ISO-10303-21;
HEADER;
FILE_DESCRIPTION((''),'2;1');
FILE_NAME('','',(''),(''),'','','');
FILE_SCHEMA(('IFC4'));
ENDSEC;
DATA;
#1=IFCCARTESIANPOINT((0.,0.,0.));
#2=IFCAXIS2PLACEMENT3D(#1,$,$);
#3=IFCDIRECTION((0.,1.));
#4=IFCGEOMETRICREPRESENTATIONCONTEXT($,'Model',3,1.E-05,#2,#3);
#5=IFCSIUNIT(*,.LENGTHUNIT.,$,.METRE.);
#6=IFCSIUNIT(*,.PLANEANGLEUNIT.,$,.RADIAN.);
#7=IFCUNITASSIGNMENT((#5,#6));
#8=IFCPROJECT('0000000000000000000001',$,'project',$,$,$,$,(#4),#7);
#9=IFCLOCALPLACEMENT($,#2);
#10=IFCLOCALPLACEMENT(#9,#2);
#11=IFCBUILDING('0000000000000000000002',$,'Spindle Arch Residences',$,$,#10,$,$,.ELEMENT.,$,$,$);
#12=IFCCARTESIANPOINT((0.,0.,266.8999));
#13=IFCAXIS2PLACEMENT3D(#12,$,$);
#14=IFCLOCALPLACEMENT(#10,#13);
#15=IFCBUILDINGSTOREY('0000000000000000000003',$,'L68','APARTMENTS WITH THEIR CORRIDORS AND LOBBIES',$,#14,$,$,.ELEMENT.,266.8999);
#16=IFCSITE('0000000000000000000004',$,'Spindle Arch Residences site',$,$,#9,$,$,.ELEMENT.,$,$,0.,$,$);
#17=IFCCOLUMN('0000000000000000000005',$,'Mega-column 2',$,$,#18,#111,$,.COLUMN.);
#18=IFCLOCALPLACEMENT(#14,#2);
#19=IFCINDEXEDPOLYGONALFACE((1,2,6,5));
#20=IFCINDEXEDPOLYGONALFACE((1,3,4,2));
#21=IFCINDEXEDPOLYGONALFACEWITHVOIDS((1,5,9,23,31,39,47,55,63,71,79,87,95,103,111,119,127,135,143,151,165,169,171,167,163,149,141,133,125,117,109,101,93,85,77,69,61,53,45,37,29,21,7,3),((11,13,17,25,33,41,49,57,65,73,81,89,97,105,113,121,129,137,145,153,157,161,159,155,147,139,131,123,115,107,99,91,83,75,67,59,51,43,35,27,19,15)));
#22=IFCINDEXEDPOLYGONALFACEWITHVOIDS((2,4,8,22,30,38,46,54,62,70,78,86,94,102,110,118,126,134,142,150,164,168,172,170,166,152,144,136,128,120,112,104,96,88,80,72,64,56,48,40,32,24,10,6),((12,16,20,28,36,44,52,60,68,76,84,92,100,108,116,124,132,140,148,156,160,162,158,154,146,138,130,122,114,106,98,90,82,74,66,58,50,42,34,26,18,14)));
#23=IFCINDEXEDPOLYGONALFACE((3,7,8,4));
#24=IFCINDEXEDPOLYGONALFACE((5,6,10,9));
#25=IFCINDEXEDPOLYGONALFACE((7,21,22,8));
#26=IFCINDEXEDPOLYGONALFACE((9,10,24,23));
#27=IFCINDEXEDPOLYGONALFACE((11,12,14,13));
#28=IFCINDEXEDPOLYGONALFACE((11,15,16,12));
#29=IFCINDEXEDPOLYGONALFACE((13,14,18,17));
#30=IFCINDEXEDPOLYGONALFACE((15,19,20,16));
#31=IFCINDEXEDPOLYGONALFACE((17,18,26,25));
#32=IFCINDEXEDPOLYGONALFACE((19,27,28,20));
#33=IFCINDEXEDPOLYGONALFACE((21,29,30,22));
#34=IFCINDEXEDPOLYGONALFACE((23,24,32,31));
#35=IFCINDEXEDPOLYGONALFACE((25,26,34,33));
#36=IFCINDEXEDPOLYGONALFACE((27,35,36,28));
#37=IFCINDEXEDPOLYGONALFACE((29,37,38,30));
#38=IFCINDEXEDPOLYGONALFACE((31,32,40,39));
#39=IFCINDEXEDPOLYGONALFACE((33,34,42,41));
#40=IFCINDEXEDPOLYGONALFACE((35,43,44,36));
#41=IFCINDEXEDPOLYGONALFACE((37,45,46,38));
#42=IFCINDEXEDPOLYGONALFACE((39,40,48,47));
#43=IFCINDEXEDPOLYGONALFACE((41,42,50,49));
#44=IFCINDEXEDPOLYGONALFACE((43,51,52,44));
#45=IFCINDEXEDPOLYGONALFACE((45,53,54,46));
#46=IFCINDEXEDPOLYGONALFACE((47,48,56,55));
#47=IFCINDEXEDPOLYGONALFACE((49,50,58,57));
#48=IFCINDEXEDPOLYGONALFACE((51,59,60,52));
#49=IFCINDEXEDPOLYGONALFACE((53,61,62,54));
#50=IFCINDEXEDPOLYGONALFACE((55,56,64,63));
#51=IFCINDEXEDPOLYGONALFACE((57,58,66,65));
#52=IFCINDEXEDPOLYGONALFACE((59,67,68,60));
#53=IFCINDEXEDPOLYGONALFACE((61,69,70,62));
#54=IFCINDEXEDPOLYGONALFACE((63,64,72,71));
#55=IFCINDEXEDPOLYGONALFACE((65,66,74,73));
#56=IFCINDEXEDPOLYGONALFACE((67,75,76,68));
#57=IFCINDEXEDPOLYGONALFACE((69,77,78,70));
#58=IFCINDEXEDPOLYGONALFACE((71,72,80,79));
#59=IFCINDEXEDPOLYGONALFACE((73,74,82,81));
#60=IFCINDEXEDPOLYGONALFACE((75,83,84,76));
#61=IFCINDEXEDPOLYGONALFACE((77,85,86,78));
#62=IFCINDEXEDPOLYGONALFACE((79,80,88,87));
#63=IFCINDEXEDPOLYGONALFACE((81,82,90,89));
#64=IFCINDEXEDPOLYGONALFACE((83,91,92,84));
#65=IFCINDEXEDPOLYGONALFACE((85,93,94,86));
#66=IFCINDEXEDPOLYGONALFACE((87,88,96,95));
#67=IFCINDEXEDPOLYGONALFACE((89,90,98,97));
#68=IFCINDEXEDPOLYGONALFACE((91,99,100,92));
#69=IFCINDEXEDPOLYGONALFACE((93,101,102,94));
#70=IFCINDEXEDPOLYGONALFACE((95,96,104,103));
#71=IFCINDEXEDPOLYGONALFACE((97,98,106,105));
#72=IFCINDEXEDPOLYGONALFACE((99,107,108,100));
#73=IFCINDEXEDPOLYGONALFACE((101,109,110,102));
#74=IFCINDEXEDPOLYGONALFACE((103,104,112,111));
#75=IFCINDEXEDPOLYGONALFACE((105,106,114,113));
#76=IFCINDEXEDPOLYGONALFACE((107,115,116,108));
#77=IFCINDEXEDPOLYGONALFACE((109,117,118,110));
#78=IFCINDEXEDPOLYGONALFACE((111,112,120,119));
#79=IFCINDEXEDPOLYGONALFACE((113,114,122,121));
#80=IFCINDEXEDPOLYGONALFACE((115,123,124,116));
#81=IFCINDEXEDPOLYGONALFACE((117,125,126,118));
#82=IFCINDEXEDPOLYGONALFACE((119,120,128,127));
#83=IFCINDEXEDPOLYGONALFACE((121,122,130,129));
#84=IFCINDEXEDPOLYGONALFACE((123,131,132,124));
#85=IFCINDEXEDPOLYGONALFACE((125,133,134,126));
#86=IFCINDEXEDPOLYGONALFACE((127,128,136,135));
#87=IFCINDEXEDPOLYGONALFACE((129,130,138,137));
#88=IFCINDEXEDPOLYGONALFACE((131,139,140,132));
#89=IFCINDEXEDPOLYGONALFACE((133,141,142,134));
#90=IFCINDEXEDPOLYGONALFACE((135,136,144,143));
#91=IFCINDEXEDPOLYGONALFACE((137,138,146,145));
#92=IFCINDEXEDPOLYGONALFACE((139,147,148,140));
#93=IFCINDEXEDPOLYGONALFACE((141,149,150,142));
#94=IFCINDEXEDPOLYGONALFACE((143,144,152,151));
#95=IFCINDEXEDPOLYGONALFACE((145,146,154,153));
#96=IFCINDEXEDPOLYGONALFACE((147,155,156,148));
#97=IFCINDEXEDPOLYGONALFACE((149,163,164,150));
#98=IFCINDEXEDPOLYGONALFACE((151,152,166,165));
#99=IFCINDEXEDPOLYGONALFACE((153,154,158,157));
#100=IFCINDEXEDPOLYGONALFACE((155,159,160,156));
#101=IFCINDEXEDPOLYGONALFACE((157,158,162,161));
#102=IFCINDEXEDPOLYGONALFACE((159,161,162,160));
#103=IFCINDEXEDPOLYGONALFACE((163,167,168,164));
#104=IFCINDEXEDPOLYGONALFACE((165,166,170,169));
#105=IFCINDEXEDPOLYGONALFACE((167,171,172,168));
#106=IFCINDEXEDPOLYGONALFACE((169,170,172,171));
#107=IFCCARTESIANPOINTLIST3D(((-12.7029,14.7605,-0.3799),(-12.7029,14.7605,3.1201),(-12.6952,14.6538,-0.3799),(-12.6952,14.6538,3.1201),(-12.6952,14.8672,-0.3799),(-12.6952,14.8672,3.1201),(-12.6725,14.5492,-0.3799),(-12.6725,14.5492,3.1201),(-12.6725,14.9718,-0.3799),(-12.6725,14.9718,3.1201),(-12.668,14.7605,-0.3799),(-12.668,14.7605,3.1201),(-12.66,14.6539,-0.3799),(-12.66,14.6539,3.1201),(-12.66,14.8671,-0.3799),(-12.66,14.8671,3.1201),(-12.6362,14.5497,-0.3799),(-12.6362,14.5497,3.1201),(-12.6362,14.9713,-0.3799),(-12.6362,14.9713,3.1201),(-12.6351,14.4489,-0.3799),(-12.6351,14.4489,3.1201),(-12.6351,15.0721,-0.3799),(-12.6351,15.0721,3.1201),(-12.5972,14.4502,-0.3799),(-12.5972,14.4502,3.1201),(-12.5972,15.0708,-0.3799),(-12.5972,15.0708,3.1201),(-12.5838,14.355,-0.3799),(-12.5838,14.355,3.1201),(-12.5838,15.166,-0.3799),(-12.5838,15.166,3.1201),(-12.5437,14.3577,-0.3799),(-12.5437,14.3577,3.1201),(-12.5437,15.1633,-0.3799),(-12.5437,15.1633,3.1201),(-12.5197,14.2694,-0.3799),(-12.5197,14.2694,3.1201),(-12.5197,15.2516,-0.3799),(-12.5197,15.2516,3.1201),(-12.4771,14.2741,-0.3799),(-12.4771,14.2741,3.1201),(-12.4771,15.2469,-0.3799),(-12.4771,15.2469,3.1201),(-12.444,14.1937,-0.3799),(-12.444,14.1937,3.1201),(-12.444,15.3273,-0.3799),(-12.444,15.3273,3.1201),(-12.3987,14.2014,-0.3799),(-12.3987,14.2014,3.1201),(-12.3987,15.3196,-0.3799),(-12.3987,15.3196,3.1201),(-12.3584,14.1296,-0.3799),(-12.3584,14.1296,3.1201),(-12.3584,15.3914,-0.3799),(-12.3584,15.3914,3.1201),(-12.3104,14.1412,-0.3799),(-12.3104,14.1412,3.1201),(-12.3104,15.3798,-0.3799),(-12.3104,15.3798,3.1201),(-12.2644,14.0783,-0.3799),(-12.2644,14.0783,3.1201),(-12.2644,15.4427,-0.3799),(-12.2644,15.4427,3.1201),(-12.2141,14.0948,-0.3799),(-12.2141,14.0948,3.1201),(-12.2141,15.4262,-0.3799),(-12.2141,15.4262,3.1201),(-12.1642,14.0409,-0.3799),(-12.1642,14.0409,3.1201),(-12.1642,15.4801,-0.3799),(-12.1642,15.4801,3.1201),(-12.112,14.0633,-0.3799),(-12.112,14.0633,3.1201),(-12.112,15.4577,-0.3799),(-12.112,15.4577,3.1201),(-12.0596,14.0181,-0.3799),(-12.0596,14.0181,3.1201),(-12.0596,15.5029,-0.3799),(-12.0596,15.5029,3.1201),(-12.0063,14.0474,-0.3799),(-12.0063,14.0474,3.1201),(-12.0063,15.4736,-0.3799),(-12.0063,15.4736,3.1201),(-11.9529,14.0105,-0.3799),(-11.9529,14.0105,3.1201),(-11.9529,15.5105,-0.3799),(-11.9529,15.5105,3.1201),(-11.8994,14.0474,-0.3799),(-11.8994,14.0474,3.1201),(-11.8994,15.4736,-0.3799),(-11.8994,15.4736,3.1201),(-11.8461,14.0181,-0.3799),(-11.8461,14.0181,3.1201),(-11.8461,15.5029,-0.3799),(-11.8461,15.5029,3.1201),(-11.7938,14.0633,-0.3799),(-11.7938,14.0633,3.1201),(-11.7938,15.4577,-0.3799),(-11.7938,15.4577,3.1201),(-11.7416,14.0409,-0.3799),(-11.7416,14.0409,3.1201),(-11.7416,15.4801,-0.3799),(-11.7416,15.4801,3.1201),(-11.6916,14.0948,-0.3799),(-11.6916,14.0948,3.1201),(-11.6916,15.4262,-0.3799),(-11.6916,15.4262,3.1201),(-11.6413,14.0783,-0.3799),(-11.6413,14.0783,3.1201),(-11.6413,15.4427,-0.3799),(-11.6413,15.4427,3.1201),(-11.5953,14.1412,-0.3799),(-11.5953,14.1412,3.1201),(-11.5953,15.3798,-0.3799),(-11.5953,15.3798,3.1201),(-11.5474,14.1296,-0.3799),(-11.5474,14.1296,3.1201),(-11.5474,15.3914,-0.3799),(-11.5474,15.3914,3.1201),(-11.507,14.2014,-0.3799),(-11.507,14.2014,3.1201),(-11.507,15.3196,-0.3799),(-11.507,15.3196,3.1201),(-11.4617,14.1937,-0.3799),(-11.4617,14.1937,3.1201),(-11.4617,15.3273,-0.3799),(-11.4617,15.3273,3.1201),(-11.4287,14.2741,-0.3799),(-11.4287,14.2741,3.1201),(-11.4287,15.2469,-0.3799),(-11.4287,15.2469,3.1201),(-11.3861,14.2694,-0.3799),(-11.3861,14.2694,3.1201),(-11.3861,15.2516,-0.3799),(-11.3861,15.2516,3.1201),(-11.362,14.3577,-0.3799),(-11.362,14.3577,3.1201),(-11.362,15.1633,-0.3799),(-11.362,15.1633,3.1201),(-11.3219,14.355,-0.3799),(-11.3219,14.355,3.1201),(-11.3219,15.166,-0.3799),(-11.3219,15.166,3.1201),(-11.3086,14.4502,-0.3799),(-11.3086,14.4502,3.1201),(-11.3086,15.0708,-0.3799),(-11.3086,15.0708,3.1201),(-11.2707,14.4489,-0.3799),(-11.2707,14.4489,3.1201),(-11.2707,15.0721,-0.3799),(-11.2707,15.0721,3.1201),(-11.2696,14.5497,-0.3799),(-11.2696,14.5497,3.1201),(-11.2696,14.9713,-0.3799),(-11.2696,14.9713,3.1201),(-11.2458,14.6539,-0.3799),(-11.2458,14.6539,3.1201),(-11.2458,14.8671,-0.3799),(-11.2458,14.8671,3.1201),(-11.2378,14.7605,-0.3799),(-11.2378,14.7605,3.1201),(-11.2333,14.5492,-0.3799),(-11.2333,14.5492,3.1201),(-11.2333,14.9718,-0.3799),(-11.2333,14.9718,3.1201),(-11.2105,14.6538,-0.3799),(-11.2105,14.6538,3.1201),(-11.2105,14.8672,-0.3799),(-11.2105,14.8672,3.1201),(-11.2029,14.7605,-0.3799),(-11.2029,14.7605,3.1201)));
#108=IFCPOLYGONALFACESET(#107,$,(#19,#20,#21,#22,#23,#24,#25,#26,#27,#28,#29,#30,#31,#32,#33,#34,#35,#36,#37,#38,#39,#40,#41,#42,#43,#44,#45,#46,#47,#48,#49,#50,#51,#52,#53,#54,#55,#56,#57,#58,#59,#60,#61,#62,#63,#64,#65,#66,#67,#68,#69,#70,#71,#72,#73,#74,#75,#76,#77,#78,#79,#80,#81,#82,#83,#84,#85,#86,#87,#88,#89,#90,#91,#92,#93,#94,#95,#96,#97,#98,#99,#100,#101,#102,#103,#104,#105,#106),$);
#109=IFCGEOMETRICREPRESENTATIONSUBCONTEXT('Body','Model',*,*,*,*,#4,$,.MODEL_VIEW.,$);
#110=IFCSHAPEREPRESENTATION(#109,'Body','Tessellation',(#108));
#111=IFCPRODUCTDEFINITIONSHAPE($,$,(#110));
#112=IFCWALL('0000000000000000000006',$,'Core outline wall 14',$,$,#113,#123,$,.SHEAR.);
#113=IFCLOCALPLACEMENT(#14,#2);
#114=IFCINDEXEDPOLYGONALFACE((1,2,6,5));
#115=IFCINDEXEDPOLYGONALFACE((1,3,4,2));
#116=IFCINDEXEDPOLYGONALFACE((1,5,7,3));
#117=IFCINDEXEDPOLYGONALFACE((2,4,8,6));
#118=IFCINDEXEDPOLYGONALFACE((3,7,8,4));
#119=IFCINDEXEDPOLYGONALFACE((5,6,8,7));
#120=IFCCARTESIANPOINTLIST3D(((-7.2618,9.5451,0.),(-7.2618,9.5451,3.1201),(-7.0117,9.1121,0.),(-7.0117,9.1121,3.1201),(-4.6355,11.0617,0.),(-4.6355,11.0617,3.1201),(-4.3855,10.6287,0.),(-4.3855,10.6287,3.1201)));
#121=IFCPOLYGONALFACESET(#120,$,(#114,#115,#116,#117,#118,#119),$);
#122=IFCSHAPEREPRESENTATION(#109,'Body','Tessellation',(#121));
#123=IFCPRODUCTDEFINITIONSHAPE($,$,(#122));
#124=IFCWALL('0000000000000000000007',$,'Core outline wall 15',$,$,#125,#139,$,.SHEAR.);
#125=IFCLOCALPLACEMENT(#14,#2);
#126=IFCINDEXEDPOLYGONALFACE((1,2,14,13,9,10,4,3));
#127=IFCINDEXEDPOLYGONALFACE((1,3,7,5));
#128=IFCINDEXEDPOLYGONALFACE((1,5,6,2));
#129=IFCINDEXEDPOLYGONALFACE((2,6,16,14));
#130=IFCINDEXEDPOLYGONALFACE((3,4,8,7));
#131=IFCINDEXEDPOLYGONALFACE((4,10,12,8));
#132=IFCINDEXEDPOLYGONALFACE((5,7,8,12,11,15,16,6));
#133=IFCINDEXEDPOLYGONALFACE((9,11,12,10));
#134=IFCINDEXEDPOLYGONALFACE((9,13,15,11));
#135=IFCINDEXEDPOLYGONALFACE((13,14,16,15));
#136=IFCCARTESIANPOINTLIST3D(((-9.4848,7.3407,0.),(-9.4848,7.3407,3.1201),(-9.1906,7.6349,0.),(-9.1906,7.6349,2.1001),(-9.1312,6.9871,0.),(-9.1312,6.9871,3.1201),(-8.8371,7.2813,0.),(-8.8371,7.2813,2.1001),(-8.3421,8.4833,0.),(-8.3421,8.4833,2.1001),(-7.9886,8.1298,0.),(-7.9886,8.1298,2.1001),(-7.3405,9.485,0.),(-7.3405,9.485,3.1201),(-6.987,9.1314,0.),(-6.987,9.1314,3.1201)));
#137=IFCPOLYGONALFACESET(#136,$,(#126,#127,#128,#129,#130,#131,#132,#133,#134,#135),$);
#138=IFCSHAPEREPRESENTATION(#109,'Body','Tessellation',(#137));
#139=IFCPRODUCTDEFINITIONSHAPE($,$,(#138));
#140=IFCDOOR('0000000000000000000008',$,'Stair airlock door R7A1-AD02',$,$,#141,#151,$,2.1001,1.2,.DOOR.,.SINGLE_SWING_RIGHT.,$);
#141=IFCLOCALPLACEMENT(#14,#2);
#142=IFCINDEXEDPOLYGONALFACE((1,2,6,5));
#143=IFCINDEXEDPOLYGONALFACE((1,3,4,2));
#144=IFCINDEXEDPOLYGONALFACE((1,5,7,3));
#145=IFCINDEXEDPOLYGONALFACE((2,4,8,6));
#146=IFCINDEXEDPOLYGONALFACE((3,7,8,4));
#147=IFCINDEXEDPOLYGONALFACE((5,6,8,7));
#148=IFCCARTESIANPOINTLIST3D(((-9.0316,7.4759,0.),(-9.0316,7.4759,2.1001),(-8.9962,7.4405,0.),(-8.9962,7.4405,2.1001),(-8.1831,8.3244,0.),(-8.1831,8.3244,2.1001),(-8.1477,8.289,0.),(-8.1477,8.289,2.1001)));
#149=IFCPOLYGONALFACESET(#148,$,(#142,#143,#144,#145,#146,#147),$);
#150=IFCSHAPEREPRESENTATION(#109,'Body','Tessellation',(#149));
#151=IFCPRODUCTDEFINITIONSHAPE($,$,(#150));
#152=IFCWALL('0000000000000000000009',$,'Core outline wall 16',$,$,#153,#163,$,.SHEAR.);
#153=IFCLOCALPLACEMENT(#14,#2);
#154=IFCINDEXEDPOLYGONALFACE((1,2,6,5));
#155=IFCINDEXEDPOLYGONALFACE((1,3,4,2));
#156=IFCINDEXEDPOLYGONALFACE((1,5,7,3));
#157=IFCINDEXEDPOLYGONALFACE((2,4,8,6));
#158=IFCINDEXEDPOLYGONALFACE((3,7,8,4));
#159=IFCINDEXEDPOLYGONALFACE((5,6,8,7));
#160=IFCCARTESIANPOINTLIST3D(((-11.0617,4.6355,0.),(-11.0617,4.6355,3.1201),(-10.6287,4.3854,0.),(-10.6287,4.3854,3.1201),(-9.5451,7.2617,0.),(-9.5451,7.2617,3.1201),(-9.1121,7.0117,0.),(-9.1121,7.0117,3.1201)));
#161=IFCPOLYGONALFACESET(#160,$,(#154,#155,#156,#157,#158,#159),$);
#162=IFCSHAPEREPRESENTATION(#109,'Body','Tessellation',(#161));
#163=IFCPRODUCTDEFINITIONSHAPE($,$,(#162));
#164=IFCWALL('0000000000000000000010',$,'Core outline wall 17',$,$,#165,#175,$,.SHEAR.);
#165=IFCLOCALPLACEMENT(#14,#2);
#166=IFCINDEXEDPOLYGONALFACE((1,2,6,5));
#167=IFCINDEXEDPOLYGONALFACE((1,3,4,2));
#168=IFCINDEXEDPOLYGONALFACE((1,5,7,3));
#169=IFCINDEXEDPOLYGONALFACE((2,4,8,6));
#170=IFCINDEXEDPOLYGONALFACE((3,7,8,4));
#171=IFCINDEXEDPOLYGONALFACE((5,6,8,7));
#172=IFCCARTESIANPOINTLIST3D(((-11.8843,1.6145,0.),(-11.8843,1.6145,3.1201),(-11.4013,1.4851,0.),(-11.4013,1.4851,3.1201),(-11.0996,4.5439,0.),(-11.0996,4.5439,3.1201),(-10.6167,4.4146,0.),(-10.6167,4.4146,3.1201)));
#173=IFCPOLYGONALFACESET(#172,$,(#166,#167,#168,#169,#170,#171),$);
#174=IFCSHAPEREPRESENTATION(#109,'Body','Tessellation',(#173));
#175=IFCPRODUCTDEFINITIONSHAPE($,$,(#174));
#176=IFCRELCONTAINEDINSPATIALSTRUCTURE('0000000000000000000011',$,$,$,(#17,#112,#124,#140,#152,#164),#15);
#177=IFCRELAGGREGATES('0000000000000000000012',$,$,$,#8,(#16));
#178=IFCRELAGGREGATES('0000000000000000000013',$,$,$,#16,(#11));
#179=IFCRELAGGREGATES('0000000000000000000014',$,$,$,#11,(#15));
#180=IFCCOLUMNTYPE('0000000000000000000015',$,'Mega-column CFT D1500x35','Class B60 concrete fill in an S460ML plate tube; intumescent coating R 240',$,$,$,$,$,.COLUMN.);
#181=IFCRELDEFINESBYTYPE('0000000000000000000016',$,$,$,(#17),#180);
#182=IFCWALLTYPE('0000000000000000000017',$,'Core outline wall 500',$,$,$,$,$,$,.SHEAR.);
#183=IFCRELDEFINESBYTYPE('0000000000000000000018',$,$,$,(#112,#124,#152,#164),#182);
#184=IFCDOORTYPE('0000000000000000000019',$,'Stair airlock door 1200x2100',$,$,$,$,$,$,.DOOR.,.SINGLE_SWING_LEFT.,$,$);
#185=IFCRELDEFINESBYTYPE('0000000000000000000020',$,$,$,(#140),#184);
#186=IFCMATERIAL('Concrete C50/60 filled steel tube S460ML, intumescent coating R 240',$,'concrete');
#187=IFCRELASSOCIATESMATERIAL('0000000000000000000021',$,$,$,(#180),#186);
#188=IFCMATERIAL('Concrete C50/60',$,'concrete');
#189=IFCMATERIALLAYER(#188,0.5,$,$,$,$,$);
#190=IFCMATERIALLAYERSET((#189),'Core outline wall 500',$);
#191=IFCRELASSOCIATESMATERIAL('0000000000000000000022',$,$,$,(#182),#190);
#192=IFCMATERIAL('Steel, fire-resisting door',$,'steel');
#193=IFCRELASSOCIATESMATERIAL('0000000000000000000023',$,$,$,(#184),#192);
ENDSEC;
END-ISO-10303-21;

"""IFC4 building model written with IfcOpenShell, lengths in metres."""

from ifc_helpers import new_model, si_unit, direction, frame, frame_2d, origin, origin_2d, place, context, subcontext, project, spatial, rectangle, hollow_circle, extrude, material, layer, layer_set, material_profile, profile_set, type_object, element, fill, save


model = new_model("IFC4")

# Units and contexts
model_context = context("Model", 3, precision=1e-05, world=origin(), true_north=direction((0.0, 1.0)))
body_context = subcontext(model_context, "Body", "Model", "MODEL_VIEW")
ifc_project = project(units=[si_unit("LENGTHUNIT", "METRE"), si_unit("PLANEANGLEUNIT", "RADIAN")], contexts=[model_context])

# Site, building, storey
site_placement = place(None, origin())
site = spatial("IfcSite", under=ifc_project, at=site_placement, Name="Spindle Arch Residences site", CompositionType="ELEMENT", RefElevation=0.0)
building_placement = place(site_placement, origin())
building = spatial("IfcBuilding", under=site, at=building_placement, Name="Spindle Arch Residences", CompositionType="ELEMENT")
storey_placement = place(building_placement, frame((0.0, 0.0, 266.8999)))
storey = spatial("IfcBuildingStorey", under=building, at=storey_placement, Name="L68", Description="APARTMENTS WITH THEIR CORRIDORS AND LOBBIES", CompositionType="ELEMENT", Elevation=266.8999)

# Column
ifc_material_1 = material(Name="Concrete C50/60 filled steel tube S460ML, intumescent coating R 240", Category="concrete")
ifc_material_profile = material_profile(ifc_material_1, hollow_circle(Radius=0.75, WallThickness=0.0349, at=origin_2d()), Name="CFT D1500x35")
ifc_profile_set = profile_set([ifc_material_profile], Name="Concrete C50/60 filled steel tube S460ML, intumescent coating R 240")
column_type = type_object("IfcColumnType", Name="Mega-column CFT D1500x35", Description="Class B60 concrete fill in an S460ML plate tube; intumescent coating R 240", PredefinedType="COLUMN", material=ifc_profile_set)
column_placement = place(storey_placement, frame((-11.9529, 14.7605, -0.3799), z_axis=(0.0, 0.0, 1.0), x_axis=(1.0, 0.0, 0.0)))
element("IfcColumn", 1, at=column_placement, inside=storey, type_object=column_type, Name="Mega-column 2", PredefinedType="COLUMN", context=body_context, shape_type="SweptSolid", body=[
    extrude(hollow_circle(Radius=0.75, WallThickness=0.0349, at=origin_2d()), origin(), (0.0, 0.0, 1.0), 3.5),
])

# Wall
ifc_material_2 = material(Name="Concrete C50/60", Category="concrete")
ifc_layer_1 = layer(ifc_material_2, 0.5)
ifc_layer_set_1 = layer_set([ifc_layer_1], Name="Core outline wall 500")
wall_type_1 = type_object("IfcWallType", Name="Core outline wall 500", PredefinedType="SHEAR", material=ifc_layer_set_1)
wall_1_placement = place(storey_placement, frame((-4.5105, 10.8452, 0.0), z_axis=(0.0, 0.0, 1.0), x_axis=(-0.865975, -0.500087, 0.0)))
element("IfcWall", 2, at=wall_1_placement, inside=storey, type_object=wall_type_1, Name="Core outline wall 14", PredefinedType="SHEAR", context=body_context, shape_type="SweptSolid", body=[
    extrude(rectangle(XDim=3.0327, YDim=0.5, at=frame_2d((1.5164, 0.0))), origin(), (0.0, 0.0, 1.0), 3.1201),
])

# Wall, opening, door
wall_2_placement = place(storey_placement, frame((-7.1638, 9.3081, 0.0), z_axis=(0.0, 0.0, 1.0), x_axis=(-0.707107, -0.707107, 0.0)))
wall_2 = element("IfcWall", 3, at=wall_2_placement, inside=storey, type_object=wall_type_1, Name="Core outline wall 15", PredefinedType="SHEAR", context=body_context, shape_type="SweptSolid", body=[
    extrude(rectangle(XDim=3.0325, YDim=0.5, at=frame_2d((1.5161, 0.0))), origin(), (0.0, 0.0, 1.0), 3.1201),
])
opening_1_placement = place(wall_2_placement, frame((1.4163, 0.0, 0.0)))
opening_1 = element("IfcOpeningElement", 4, at=opening_1_placement, cuts=wall_2, PredefinedType="OPENING", context=body_context, shape_type="SweptSolid", body=[
    extrude(rectangle(XDim=1.2, YDim=2.1001, at=frame_2d((0.6001, 1.05))), frame((0.0, 0.26, 0.0), z_axis=(0.0, -1.0, 0.0), x_axis=(1.0, 0.0, 0.0)), (0.0, 0.0, 1.0), 0.52),
])
ifc_material_3 = material(Name="Steel, fire-resisting door", Category="steel")
door_type_1 = type_object("IfcDoorType", Name="Stair airlock door 1200x2100", OperationType="SINGLE_SWING_LEFT", PredefinedType="DOOR", material=ifc_material_3)
door_1_placement = place(opening_1_placement, origin())
door_1 = element("IfcDoor", 5, at=door_1_placement, inside=storey, type_object=door_type_1, Name="Stair airlock door R7A1-AD02", OperationType="SINGLE_SWING_RIGHT", OverallHeight=2.1001, OverallWidth=1.2, PredefinedType="DOOR", context=body_context, shape_type="SweptSolid", body=[
    extrude(rectangle(XDim=1.2, YDim=2.1001, at=frame_2d((0.6001, 1.05))), frame((0.0, 0.0249, 0.0), z_axis=(0.0, -1.0, 0.0), x_axis=(1.0, 0.0, 0.0)), (0.0, 0.0, 1.0), 0.05),
])
fill(opening_1, door_1)

# Walls
for number, where, z_axis, x_axis, name in (
    (6, (-9.3286, 7.1367, 0.0), (0.0, 0.0, 1.0), (-0.500087, -0.865975, 0.0), "Core outline wall 16"),
    (7, (-10.8582, 4.4792, 0.0), (0.0, 0.0, 1.0), (-0.258735, -0.965948, 0.0), "Core outline wall 17"),
):
    element("IfcWall", number, at=place(storey_placement, frame(where, z_axis=z_axis, x_axis=x_axis)), inside=storey, type_object=wall_type_1, Name=name, PredefinedType="SHEAR", context=body_context, shape_type="SweptSolid", body=[
        extrude(rectangle(XDim=3.0327, YDim=0.5, at=frame_2d((1.5164, 0.0))), origin(), (0.0, 0.0, 1.0), 3.1201),
    ])

save(model, "model.ifc")
